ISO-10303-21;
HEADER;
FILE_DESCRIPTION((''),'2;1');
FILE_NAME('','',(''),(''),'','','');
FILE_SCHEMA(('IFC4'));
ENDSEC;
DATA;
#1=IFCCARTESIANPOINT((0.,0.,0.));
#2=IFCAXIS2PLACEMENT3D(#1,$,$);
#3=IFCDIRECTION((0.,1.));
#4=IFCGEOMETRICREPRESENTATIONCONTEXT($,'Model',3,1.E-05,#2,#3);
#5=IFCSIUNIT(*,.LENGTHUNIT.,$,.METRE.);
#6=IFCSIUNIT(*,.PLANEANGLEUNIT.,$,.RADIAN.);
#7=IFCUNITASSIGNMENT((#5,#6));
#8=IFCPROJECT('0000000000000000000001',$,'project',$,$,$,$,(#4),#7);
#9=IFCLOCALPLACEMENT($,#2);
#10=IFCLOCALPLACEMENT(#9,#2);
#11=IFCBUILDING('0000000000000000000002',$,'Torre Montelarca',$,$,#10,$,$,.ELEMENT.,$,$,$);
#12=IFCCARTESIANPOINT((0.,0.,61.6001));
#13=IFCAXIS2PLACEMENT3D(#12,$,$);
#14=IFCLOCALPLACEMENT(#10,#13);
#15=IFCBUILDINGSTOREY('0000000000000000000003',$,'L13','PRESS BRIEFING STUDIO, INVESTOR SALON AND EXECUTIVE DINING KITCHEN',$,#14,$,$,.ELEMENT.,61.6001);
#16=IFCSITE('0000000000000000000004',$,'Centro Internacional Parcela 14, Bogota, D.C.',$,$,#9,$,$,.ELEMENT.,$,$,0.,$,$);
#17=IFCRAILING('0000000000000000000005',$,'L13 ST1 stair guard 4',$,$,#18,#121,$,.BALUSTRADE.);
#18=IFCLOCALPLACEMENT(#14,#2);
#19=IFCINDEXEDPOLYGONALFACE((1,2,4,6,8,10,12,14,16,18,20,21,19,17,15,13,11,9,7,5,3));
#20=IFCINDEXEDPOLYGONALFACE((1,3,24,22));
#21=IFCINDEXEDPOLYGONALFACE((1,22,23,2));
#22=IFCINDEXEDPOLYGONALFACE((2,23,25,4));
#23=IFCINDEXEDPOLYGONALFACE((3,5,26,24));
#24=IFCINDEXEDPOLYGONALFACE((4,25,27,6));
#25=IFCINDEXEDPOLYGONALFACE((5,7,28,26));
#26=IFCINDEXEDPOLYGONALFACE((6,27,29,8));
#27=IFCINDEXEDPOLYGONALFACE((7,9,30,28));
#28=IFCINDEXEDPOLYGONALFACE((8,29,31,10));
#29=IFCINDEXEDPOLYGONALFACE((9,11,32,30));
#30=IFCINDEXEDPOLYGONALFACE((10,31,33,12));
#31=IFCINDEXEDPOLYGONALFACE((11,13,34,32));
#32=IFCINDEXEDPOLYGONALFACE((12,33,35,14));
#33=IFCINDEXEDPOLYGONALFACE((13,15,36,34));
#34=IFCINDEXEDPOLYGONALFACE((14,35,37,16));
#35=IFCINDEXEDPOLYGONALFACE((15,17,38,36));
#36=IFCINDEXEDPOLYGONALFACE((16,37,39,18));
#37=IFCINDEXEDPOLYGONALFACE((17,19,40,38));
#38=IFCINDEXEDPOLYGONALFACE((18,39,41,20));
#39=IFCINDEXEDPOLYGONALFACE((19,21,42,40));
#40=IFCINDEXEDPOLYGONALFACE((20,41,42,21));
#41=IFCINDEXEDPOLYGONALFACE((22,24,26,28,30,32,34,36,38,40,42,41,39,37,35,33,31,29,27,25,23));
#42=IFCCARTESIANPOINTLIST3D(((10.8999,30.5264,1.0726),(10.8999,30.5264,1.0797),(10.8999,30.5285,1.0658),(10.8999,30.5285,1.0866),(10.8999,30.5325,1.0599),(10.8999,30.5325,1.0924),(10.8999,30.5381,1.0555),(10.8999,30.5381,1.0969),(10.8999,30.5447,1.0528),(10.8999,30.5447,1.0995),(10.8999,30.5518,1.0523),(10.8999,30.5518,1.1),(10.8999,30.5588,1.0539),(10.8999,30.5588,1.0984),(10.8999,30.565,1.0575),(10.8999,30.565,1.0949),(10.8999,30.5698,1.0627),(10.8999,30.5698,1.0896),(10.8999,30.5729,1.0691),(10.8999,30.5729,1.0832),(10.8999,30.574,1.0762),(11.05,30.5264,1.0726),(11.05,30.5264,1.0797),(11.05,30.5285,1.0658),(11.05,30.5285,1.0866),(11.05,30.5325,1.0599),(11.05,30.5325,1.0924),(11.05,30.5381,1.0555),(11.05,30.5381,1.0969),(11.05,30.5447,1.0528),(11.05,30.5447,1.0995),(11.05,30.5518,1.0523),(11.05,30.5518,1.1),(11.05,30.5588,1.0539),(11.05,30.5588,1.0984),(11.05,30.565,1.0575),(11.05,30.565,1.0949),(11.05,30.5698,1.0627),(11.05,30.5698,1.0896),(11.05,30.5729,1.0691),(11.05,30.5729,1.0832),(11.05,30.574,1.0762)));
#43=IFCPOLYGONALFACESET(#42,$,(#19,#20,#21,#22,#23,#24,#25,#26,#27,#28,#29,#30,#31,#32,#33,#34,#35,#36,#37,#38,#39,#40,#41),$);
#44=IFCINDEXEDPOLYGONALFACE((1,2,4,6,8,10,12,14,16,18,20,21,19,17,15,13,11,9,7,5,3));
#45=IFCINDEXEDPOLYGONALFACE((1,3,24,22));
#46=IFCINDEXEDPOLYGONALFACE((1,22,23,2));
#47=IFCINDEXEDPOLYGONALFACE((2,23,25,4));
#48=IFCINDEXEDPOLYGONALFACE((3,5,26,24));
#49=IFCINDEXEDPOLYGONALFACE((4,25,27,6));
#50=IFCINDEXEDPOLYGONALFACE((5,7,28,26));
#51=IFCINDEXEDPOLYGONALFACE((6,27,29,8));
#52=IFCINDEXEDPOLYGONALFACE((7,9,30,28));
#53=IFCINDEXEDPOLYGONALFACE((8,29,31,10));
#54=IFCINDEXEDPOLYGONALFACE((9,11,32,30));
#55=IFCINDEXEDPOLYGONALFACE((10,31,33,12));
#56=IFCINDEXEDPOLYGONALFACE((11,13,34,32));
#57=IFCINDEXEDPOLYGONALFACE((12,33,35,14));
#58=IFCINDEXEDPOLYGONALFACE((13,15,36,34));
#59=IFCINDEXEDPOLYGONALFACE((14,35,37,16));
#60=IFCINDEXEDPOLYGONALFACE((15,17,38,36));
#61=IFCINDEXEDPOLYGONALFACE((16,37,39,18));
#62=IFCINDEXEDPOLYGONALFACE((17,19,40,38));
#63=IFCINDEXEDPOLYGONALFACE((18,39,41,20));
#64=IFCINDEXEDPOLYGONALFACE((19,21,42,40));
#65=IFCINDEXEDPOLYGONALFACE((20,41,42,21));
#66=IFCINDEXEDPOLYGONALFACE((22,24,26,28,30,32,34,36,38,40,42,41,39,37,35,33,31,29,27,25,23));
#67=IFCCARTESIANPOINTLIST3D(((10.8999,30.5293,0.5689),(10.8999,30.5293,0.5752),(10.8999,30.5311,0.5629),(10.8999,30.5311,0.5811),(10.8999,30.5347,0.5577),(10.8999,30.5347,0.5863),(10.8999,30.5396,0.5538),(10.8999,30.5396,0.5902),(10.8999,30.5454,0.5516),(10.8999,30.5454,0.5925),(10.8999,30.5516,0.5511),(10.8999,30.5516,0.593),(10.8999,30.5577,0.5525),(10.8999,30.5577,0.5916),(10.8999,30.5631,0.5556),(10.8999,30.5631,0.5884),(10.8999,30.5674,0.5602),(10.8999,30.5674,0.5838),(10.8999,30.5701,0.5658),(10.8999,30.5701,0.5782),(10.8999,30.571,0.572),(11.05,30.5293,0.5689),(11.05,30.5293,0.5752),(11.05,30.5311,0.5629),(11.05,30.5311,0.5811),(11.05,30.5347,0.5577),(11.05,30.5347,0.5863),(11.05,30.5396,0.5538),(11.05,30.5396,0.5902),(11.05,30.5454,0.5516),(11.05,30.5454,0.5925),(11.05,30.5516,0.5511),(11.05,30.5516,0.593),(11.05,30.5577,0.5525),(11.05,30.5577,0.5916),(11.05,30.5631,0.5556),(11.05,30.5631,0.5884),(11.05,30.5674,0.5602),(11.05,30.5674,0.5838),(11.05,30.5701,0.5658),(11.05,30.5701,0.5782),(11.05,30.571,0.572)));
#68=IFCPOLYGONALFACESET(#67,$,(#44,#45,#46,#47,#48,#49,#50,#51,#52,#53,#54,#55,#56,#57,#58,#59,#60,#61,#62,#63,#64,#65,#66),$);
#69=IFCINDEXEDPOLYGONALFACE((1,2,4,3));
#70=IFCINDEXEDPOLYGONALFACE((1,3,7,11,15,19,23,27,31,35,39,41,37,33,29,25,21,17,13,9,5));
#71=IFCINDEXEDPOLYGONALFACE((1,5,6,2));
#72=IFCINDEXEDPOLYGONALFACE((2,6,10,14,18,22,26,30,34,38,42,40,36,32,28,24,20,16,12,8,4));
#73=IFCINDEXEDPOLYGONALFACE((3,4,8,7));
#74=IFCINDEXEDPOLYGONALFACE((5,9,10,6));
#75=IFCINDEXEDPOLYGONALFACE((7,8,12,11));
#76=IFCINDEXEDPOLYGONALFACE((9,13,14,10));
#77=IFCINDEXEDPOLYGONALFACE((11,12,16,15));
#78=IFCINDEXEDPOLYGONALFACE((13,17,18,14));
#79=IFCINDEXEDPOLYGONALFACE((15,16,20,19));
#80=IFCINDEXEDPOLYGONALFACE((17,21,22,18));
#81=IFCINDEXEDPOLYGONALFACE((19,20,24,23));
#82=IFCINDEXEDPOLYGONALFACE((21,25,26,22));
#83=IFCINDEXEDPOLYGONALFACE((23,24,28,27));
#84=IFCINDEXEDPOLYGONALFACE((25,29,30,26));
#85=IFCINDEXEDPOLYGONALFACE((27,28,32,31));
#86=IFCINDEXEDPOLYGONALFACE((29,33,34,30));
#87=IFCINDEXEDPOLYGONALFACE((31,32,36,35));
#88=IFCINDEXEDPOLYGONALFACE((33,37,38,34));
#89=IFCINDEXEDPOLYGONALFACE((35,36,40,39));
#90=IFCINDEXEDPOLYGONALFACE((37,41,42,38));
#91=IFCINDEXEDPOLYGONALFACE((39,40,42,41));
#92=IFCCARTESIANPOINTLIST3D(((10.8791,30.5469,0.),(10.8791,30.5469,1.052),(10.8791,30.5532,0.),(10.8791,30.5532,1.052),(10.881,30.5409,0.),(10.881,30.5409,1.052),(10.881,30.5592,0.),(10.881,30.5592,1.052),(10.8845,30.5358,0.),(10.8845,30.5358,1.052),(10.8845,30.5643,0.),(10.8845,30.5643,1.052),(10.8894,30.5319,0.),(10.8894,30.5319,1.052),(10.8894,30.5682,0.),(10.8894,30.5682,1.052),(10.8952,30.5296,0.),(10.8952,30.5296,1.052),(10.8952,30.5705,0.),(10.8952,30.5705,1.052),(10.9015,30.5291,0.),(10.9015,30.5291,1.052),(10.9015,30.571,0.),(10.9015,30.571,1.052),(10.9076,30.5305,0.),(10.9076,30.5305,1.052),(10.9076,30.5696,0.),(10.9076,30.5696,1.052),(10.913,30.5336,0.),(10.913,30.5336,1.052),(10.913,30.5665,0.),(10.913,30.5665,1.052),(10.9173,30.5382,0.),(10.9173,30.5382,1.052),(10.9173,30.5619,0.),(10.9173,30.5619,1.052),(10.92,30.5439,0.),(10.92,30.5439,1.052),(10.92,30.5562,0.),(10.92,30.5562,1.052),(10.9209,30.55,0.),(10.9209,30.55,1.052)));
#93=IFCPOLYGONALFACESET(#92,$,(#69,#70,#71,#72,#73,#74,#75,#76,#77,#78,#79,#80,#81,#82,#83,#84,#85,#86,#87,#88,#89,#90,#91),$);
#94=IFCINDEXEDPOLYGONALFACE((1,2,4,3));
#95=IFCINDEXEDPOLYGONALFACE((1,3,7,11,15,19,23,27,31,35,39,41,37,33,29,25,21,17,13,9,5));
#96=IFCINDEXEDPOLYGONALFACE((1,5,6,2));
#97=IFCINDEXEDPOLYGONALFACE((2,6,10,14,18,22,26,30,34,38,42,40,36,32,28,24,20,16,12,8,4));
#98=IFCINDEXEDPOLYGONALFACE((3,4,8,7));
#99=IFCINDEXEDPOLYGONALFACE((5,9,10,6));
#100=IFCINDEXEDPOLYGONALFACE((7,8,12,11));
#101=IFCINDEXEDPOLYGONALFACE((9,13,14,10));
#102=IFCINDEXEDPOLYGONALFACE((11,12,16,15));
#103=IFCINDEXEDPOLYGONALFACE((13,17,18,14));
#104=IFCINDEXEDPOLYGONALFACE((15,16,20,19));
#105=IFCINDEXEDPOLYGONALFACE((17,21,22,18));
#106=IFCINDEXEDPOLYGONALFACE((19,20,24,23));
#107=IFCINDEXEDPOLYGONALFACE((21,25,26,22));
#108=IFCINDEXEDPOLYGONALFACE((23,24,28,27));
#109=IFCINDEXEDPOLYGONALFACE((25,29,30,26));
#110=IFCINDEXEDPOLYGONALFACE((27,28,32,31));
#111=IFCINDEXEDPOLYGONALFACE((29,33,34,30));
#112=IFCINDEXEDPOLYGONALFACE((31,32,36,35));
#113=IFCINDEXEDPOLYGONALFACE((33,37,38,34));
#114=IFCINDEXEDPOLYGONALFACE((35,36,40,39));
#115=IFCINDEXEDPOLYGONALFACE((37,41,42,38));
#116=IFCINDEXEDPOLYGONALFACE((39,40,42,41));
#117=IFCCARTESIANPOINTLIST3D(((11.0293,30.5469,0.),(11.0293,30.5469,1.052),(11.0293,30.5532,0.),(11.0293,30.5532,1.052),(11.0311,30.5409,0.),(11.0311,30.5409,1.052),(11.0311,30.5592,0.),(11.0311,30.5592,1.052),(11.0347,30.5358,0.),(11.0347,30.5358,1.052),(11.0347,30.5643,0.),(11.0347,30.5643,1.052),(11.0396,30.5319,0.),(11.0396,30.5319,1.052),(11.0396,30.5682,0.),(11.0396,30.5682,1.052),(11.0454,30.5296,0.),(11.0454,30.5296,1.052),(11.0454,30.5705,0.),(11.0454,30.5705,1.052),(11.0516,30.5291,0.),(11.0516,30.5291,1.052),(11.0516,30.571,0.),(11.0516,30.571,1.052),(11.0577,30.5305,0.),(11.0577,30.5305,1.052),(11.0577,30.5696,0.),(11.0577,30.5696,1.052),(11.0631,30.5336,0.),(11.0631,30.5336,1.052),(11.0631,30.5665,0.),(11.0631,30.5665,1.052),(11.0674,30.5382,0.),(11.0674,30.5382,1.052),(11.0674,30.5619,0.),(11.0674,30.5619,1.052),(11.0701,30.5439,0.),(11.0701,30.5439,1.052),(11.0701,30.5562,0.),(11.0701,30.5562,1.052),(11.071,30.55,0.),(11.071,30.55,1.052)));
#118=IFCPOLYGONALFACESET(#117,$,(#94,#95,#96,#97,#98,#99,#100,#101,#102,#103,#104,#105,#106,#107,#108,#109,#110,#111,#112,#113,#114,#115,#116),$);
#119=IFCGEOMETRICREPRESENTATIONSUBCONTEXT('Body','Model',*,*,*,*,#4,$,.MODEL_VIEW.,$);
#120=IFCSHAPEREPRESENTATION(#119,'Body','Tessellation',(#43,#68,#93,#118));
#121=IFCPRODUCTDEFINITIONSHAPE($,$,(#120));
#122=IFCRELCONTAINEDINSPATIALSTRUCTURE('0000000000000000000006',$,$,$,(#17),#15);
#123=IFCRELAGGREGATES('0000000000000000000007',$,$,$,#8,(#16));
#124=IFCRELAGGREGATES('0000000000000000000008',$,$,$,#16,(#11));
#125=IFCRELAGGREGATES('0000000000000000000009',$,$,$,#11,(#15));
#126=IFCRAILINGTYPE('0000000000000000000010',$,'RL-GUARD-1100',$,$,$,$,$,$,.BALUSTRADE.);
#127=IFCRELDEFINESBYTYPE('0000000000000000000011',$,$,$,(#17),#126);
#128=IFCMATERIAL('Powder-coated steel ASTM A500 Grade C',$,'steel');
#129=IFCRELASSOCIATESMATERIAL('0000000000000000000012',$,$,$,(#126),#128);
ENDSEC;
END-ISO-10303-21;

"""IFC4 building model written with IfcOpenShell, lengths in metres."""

from ifc_helpers import new_model, si_unit, direction, frame, origin, origin_2d, place, context, subcontext, project, spatial, circle, extrude, material, type_object, element, save


model = new_model("IFC4")

# Units and contexts
model_context = context("Model", 3, precision=1e-05, world=origin(), true_north=direction((0.0, 1.0)))
body_context = subcontext(model_context, "Body", "Model", "MODEL_VIEW")
ifc_project = project(units=[si_unit("LENGTHUNIT", "METRE"), si_unit("PLANEANGLEUNIT", "RADIAN")], contexts=[model_context])

# Site, building, storey
site_placement = place(None, origin())
site = spatial("IfcSite", under=ifc_project, at=site_placement, Name="Centro Internacional Parcela 14, Bogota, D.C.", CompositionType="ELEMENT", RefElevation=0.0)
building_placement = place(site_placement, origin())
building = spatial("IfcBuilding", under=site, at=building_placement, Name="Torre Montelarca", CompositionType="ELEMENT")
storey_placement = place(building_placement, frame((0.0, 0.0, 61.6001)))
storey = spatial("IfcBuildingStorey", under=building, at=storey_placement, Name="L13", Description="PRESS BRIEFING STUDIO, INVESTOR SALON AND EXECUTIVE DINING KITCHEN", CompositionType="ELEMENT", Elevation=61.6001)

# Railing
ifc_material_1 = material(Name="Powder-coated steel ASTM A500 Grade C", Category="steel")
railing_type_1 = type_object("IfcRailingType", Name="RL-GUARD-1100", PredefinedType="BALUSTRADE", material=ifc_material_1)
railing_1_placement = place(storey_placement, frame((10.8999, 30.55, 0.0)))
element("IfcRailing", 1, at=railing_1_placement, inside=storey, type_object=railing_type_1, Name="L13 ST1 stair guard 4", PredefinedType="BALUSTRADE", context=body_context, shape_type="SweptSolid", body=[
    extrude(circle(Radius=0.0239, at=origin_2d()), frame((0.0, 0.0, 1.0762), z_axis=(1.0, 0.0, 0.0), x_axis=(0.0, 1.0, 0.0)), (0.0, 0.0, 1.0), 0.1501),
    extrude(circle(Radius=0.021, at=origin_2d()), frame((0.0, 0.0, 0.572), z_axis=(1.0, 0.0, 0.0), x_axis=(0.0, 1.0, 0.0)), (0.0, 0.0, 1.0), 0.1501),
    extrude(circle(Radius=0.021, at=origin_2d()), origin(), (0.0, 0.0, 1.0), 1.052),
    extrude(circle(Radius=0.021, at=origin_2d()), frame((0.1501, 0.0, 0.0)), (0.0, 0.0, 1.0), 1.052),
])

save(model, "model.ifc")
